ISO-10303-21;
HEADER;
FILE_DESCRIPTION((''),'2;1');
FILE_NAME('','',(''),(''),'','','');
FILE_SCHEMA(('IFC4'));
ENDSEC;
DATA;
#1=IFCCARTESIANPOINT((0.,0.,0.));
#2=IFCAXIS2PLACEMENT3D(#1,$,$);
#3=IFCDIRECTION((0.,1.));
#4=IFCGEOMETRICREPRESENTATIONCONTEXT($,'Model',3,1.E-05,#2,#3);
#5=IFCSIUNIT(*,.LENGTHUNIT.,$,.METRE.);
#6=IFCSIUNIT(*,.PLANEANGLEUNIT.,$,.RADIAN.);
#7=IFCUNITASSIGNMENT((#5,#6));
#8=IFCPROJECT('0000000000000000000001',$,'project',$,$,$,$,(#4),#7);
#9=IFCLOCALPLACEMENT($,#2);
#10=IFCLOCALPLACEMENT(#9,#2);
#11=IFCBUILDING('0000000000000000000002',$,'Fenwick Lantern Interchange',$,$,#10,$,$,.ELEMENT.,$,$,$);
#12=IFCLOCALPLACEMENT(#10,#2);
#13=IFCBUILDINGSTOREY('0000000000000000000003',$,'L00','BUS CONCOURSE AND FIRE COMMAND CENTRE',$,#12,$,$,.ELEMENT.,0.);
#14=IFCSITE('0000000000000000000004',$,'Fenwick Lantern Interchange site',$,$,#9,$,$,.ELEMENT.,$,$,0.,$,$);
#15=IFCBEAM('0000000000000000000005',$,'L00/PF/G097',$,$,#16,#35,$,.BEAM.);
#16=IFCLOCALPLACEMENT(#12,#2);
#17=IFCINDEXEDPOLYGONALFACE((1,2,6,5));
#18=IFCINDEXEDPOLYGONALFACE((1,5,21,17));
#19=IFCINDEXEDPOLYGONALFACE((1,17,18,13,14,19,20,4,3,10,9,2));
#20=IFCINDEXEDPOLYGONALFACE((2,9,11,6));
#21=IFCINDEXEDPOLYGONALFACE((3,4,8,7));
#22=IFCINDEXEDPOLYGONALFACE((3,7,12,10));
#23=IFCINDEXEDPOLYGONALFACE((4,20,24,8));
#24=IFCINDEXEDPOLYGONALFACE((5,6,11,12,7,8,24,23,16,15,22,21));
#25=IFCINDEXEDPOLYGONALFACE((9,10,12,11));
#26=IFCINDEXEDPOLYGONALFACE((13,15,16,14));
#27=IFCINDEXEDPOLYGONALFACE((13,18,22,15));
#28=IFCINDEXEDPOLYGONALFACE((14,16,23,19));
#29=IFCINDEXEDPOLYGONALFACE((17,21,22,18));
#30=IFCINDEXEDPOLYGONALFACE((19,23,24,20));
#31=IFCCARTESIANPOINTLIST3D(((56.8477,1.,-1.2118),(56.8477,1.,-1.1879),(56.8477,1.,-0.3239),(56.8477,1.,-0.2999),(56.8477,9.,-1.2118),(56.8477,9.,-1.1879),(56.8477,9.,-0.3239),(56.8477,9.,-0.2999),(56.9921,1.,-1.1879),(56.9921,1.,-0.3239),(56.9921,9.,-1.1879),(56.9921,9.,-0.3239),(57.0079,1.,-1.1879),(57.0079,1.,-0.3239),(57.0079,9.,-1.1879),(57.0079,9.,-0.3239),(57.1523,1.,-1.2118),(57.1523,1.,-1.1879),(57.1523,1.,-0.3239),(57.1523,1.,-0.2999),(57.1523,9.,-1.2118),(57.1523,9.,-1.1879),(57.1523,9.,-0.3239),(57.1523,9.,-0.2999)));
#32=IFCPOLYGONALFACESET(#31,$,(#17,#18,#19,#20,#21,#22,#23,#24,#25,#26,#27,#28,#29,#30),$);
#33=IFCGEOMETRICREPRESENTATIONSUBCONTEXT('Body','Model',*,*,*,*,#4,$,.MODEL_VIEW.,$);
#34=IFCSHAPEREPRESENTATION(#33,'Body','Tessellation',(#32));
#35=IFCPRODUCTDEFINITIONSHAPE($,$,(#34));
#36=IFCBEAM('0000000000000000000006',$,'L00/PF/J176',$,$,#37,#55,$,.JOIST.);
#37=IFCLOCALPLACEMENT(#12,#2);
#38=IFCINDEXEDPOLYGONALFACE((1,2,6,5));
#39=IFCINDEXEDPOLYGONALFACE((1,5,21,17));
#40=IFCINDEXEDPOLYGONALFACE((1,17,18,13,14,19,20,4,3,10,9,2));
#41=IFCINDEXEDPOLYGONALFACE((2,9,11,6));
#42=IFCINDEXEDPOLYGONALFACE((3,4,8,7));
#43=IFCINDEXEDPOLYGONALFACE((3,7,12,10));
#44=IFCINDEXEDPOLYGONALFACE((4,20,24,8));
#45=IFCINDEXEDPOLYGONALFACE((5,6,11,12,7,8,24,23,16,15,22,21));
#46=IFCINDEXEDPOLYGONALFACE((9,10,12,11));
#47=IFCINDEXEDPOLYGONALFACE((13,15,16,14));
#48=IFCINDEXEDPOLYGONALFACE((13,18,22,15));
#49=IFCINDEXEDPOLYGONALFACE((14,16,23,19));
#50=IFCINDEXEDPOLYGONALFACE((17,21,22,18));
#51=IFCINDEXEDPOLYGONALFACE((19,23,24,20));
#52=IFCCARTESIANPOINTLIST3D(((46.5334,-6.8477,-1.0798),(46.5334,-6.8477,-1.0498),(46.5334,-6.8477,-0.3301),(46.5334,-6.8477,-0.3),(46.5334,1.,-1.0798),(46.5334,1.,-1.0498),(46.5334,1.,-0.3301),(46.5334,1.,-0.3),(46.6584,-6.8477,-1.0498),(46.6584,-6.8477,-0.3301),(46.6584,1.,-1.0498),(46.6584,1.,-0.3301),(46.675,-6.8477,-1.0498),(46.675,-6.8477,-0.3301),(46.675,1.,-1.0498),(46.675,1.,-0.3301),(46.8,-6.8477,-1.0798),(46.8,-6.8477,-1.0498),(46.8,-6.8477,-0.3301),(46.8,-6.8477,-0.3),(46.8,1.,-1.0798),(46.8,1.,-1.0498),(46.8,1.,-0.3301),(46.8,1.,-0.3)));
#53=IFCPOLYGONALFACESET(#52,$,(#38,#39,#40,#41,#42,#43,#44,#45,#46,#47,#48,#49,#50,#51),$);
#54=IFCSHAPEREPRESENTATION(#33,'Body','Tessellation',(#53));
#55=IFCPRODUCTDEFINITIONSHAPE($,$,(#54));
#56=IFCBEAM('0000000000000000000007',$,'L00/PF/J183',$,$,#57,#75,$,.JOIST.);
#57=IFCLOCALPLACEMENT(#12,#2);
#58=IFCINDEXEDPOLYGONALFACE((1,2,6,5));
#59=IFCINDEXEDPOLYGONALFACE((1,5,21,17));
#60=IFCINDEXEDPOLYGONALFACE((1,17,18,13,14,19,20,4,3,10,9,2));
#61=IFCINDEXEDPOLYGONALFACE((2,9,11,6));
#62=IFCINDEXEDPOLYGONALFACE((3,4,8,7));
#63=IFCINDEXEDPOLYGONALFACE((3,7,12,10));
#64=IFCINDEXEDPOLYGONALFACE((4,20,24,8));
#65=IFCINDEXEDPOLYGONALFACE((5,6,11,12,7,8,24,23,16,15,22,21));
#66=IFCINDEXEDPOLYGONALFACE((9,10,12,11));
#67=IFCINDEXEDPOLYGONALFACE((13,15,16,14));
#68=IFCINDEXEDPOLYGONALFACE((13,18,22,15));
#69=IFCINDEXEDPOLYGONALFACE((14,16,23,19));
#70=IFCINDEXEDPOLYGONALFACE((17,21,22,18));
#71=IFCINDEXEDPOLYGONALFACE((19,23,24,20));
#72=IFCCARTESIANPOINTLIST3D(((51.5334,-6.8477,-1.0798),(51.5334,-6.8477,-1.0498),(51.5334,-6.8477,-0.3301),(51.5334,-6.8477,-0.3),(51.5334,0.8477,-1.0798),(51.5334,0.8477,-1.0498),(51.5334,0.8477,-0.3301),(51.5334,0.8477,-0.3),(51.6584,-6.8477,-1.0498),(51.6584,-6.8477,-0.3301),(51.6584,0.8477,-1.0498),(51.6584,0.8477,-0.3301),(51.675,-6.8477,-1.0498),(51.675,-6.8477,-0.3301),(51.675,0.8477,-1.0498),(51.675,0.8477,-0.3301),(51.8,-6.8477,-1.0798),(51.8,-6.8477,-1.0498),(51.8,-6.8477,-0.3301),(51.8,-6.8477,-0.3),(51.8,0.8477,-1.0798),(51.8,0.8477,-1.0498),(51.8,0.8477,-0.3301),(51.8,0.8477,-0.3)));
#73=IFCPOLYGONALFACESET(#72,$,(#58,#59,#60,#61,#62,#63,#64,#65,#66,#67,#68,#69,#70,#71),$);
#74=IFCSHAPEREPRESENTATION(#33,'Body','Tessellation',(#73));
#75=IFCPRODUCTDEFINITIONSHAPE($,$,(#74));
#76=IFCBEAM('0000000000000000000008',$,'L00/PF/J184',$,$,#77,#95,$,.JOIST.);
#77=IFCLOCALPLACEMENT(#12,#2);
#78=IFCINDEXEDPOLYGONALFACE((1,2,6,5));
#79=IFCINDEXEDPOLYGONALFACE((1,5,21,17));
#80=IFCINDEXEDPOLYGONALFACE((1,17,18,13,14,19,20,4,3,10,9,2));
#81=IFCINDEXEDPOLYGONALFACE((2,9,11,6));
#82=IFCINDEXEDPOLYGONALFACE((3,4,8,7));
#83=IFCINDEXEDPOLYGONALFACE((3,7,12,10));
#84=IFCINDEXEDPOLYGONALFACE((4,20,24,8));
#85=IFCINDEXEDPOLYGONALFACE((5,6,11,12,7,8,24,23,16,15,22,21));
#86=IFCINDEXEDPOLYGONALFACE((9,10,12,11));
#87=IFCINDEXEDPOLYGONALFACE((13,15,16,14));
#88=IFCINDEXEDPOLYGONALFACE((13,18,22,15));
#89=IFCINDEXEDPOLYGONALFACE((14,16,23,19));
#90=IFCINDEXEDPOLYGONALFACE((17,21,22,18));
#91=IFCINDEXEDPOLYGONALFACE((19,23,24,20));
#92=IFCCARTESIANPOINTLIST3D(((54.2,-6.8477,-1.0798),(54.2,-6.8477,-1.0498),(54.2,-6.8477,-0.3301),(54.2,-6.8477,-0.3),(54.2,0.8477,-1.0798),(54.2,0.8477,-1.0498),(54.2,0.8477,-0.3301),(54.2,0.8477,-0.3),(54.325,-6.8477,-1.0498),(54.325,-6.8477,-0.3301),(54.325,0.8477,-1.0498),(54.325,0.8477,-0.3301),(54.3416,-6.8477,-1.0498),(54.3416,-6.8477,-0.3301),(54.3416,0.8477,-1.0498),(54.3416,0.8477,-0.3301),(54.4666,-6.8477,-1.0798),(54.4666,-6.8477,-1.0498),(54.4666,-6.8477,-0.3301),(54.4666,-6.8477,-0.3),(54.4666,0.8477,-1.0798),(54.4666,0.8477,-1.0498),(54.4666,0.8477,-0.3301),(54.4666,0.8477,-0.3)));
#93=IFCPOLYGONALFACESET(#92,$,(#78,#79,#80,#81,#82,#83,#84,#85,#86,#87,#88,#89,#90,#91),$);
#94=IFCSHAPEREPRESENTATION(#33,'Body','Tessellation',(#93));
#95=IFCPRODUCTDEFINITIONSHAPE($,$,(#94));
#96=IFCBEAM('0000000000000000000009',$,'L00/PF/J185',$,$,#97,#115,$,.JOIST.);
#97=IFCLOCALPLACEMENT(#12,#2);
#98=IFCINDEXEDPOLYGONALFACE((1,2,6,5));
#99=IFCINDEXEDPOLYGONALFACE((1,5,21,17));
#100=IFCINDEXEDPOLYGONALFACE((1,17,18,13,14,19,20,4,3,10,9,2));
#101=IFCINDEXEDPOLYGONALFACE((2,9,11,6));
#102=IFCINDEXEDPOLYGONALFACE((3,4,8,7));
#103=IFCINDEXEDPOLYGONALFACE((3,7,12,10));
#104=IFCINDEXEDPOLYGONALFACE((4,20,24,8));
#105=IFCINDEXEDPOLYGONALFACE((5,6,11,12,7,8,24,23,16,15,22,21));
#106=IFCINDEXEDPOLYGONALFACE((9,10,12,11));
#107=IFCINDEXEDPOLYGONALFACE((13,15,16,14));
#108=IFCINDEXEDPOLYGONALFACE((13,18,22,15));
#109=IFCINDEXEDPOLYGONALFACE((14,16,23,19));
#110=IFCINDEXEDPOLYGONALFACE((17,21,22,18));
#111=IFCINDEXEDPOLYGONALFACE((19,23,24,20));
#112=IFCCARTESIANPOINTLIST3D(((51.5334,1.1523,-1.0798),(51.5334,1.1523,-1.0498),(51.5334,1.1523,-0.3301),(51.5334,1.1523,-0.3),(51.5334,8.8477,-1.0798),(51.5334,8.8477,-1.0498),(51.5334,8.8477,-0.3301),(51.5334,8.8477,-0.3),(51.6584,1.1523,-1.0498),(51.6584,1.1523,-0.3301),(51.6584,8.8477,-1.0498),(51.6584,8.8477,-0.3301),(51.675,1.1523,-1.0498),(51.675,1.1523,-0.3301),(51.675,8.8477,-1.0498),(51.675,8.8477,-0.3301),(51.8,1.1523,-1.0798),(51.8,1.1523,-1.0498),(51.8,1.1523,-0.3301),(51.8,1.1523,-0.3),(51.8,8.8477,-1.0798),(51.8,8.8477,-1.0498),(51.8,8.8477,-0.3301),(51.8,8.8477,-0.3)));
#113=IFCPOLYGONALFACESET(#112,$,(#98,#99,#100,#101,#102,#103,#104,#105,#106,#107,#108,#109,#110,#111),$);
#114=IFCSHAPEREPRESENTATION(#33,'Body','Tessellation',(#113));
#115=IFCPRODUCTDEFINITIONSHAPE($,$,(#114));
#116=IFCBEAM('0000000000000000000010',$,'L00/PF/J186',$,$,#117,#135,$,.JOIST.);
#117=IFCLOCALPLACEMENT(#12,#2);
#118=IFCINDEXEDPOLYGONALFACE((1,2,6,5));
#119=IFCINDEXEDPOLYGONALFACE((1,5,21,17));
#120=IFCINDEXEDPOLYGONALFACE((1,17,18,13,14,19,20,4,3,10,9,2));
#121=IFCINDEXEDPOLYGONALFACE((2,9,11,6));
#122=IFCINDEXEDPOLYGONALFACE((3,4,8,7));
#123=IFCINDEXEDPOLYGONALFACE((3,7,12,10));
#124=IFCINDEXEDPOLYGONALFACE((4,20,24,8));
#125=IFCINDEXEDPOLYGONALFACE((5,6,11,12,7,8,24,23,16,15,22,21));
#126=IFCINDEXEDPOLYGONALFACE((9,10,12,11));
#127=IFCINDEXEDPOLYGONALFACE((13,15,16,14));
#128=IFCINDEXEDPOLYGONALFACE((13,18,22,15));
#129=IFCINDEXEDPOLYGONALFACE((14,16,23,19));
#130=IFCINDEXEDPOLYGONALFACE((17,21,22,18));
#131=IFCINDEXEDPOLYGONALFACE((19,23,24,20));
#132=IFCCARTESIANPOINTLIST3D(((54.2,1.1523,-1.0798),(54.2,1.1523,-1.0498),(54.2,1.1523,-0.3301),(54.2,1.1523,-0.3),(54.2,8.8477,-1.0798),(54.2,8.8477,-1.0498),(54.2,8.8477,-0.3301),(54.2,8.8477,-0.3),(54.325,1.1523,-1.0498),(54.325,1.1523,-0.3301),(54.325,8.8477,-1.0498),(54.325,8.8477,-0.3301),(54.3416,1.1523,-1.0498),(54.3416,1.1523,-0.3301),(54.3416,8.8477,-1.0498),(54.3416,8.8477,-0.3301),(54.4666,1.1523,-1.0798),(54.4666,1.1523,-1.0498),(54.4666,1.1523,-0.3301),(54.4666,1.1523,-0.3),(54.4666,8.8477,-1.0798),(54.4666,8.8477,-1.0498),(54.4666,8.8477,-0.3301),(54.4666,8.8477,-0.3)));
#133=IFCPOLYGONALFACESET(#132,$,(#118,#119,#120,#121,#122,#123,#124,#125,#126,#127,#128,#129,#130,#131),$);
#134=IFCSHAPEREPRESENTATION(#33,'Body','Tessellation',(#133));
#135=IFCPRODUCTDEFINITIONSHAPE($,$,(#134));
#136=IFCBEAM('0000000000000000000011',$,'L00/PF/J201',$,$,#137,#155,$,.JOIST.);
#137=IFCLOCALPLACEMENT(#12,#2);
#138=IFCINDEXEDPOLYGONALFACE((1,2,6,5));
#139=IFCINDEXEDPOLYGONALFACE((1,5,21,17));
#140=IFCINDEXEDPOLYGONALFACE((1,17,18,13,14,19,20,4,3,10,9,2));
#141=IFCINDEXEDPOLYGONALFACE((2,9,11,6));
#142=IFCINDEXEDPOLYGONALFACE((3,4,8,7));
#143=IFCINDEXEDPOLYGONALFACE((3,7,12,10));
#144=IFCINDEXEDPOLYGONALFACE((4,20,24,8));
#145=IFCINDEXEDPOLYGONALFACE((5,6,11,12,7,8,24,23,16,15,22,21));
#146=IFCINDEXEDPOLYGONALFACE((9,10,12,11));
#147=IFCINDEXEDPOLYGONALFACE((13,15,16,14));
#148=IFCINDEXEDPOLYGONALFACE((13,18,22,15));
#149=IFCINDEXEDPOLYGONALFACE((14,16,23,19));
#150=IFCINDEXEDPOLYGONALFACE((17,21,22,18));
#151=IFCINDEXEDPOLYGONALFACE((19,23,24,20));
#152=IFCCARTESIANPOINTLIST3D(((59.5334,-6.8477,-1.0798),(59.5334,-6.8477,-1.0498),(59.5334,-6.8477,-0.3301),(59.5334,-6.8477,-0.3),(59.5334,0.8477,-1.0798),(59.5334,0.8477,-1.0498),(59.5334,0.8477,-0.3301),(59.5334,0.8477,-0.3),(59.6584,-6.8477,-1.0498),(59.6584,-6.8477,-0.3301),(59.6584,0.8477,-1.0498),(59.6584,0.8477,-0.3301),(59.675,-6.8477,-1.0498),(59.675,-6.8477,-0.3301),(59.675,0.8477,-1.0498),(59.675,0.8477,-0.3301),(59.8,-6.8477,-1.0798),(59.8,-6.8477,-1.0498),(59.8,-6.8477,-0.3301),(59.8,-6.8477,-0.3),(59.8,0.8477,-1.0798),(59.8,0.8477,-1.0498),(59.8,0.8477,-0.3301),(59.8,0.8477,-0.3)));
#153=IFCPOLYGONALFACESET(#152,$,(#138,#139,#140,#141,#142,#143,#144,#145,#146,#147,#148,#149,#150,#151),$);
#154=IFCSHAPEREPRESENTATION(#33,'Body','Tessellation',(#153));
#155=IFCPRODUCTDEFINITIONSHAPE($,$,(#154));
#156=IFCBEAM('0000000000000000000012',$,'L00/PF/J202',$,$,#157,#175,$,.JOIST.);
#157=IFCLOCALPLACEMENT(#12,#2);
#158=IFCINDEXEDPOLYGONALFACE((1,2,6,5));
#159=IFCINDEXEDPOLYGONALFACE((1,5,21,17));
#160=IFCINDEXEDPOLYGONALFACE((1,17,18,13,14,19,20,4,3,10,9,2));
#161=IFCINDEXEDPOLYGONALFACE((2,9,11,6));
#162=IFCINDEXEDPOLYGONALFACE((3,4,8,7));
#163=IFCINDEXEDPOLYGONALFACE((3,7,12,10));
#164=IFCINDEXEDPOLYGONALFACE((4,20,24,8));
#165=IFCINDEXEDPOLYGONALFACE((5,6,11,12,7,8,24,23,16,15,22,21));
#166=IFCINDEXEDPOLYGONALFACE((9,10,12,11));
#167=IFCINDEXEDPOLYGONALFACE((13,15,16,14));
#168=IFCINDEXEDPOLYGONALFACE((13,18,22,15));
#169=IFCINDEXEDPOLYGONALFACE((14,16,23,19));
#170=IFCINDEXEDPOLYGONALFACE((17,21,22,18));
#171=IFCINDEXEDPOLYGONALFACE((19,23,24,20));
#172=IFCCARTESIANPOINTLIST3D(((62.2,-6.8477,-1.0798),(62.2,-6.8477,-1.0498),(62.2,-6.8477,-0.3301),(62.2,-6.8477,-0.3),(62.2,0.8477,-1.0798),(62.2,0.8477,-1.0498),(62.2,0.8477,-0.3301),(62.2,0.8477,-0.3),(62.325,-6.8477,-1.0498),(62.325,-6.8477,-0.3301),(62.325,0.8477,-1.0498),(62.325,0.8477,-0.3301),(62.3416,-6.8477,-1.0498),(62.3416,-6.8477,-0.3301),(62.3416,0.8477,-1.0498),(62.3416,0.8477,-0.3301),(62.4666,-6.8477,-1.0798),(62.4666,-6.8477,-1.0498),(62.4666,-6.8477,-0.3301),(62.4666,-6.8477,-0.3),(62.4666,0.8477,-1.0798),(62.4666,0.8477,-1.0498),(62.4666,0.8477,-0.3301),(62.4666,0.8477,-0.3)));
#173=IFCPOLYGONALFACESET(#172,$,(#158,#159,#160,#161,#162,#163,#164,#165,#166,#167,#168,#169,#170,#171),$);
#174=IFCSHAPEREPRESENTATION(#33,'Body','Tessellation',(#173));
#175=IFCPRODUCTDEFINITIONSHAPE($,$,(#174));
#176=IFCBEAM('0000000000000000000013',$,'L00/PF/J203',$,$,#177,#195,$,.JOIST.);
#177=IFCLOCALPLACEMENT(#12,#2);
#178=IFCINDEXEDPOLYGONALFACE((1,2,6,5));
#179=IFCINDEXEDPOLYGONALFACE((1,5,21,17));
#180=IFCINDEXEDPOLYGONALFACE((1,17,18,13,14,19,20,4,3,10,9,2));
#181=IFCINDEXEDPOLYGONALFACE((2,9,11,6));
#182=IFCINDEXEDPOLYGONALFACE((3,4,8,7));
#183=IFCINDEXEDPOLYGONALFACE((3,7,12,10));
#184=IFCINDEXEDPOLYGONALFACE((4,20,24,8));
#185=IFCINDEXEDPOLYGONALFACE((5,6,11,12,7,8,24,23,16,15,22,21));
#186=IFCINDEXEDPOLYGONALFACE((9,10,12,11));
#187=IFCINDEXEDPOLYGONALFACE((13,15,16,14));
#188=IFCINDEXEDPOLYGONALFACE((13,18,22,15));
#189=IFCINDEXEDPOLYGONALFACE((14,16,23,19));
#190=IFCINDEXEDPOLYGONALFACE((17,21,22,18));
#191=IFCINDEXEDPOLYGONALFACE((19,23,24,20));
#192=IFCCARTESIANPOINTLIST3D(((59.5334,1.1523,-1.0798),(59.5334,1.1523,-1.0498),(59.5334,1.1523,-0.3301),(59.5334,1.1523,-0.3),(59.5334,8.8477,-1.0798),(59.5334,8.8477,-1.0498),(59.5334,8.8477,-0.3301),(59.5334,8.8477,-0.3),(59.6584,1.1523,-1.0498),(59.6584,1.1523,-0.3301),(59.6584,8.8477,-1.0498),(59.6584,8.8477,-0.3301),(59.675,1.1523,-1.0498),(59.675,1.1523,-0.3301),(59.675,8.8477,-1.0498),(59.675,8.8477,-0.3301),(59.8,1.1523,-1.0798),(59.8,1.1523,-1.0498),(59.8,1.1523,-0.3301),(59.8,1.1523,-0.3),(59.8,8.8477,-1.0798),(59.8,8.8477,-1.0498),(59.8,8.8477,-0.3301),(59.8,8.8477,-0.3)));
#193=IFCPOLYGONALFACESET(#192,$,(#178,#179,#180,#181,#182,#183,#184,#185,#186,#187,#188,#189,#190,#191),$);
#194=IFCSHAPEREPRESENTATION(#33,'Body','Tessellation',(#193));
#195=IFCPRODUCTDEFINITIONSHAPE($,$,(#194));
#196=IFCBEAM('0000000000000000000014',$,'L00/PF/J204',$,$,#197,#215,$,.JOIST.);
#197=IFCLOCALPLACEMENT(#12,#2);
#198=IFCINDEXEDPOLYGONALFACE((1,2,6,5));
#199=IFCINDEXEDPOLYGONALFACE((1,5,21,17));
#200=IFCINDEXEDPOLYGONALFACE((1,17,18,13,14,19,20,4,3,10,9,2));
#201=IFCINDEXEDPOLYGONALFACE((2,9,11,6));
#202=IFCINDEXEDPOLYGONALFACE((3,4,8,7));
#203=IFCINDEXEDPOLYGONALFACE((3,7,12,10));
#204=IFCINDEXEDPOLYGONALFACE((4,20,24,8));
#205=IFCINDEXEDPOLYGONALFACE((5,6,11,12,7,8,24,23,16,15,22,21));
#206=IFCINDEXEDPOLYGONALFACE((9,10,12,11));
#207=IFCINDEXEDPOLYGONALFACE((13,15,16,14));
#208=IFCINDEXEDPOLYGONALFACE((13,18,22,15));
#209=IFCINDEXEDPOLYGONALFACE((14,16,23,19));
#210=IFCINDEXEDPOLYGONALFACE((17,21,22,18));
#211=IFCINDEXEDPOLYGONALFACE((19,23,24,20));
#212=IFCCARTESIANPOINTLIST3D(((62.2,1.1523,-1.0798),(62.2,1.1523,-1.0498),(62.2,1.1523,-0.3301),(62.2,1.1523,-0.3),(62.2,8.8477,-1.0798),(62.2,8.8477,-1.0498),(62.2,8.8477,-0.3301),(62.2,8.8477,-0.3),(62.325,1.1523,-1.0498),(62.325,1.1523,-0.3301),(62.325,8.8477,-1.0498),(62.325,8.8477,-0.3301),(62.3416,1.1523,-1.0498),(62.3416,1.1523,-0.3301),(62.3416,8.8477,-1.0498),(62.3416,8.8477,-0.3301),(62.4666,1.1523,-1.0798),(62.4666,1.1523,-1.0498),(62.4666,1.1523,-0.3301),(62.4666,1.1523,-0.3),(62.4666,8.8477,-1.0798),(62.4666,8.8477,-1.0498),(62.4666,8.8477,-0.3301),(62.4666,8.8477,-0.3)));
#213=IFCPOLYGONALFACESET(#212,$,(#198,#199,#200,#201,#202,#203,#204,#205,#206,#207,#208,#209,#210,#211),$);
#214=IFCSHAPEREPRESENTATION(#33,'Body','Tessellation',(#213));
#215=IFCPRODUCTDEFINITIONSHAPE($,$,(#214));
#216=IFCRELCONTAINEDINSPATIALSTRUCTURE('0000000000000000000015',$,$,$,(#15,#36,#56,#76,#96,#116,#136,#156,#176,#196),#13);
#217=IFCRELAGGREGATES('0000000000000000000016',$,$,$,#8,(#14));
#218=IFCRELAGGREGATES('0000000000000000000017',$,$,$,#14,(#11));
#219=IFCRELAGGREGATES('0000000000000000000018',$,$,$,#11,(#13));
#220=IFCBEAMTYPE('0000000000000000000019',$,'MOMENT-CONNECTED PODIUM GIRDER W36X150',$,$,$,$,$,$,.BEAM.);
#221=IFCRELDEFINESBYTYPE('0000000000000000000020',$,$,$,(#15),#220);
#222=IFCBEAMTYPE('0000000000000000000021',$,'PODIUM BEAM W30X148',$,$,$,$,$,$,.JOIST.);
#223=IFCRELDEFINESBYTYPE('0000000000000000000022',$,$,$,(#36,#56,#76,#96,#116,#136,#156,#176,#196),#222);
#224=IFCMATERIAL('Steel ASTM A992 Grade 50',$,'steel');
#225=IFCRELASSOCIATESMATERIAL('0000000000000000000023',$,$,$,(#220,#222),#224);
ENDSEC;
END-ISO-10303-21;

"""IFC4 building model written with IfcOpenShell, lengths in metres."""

from ifc_helpers import new_model, si_unit, direction, frame, origin, origin_2d, place, context, subcontext, project, spatial, i_section, extrude, material, material_profile, profile_set, type_object, element, save


model = new_model("IFC4")

# Units and contexts
model_context = context("Model", 3, precision=1e-05, world=origin(), true_north=direction((0.0, 1.0)))
body_context = subcontext(model_context, "Body", "Model", "MODEL_VIEW")
ifc_project = project(units=[si_unit("LENGTHUNIT", "METRE"), si_unit("PLANEANGLEUNIT", "RADIAN")], contexts=[model_context])

# Site, building, storey
site_placement = place(None, origin())
site = spatial("IfcSite", under=ifc_project, at=site_placement, Name="Fenwick Lantern Interchange site", CompositionType="ELEMENT", RefElevation=0.0)
building_placement = place(site_placement, origin())
building = spatial("IfcBuilding", under=site, at=building_placement, Name="Fenwick Lantern Interchange", CompositionType="ELEMENT")
storey_placement = place(building_placement, origin())
storey = spatial("IfcBuildingStorey", under=building, at=storey_placement, Name="L00", Description="BUS CONCOURSE AND FIRE COMMAND CENTRE", CompositionType="ELEMENT", Elevation=0.0)

# Shared definitions
ifc_material_1 = material(Name="Steel ASTM A992 Grade 50", Category="steel")

# Beams
ifc_material_profile_1 = material_profile(ifc_material_1, i_section(OverallWidth=0.3047, OverallDepth=0.9119, WebThickness=0.0159, FlangeThickness=0.0239, at=origin_2d()), Name="W36X150")
ifc_profile_set_1 = profile_set([ifc_material_profile_1], Name="Steel ASTM A992 Grade 50")
beam_type_1 = type_object("IfcBeamType", Name="MOMENT-CONNECTED PODIUM GIRDER W36X150", PredefinedType="BEAM", material=ifc_profile_set_1)
beam_1_placement = place(storey_placement, frame((57.0, 1.0, -0.7559), z_axis=(0.0, 1.0, 0.0), x_axis=(-1.0, 0.0, 0.0)))
element("IfcBeam", 1, at=beam_1_placement, inside=storey, type_object=beam_type_1, Name="L00/PF/G097", PredefinedType="BEAM", context=body_context, shape_type="SweptSolid", body=[
    extrude(i_section(OverallWidth=0.3047, OverallDepth=0.9119, WebThickness=0.0159, FlangeThickness=0.0239, at=origin_2d()), origin(), (0.0, 0.0, 1.0), 8.0),
])
ifc_material_profile_2 = material_profile(ifc_material_1, i_section(OverallWidth=0.2666, OverallDepth=0.7798, WebThickness=0.0166, FlangeThickness=0.03, at=origin_2d()), Name="W30X148")
ifc_profile_set_2 = profile_set([ifc_material_profile_2], Name="Steel ASTM A992 Grade 50")
beam_type_2 = type_object("IfcBeamType", Name="PODIUM BEAM W30X148", PredefinedType="JOIST", material=ifc_profile_set_2)
beam_2_placement = place(storey_placement, frame((46.6667, -6.8477, -0.6899), z_axis=(0.0, 1.0, 0.0), x_axis=(-1.0, 0.0, 0.0)))
element("IfcBeam", 2, at=beam_2_placement, inside=storey, type_object=beam_type_2, Name="L00/PF/J176", PredefinedType="JOIST", context=body_context, shape_type="SweptSolid", body=[
    extrude(i_section(OverallWidth=0.2666, OverallDepth=0.7798, WebThickness=0.0166, FlangeThickness=0.03, at=origin_2d()), origin(), (0.0, 0.0, 1.0), 7.8477),
])
for number, where, z_axis, x_axis, name in (
    (3, (51.6667, -6.8477, -0.6899), (0.0, 1.0, 0.0), (-1.0, 0.0, 0.0), "L00/PF/J183"),
    (4, (54.3333, -6.8477, -0.6899), (0.0, 1.0, 0.0), (-1.0, 0.0, 0.0), "L00/PF/J184"),
    (5, (51.6667, 1.1523, -0.6899), (0.0, 1.0, 0.0), (-1.0, 0.0, 0.0), "L00/PF/J185"),
    (6, (54.3333, 1.1523, -0.6899), (0.0, 1.0, 0.0), (-1.0, 0.0, 0.0), "L00/PF/J186"),
    (7, (59.6667, -6.8477, -0.6899), (0.0, 1.0, 0.0), (-1.0, 0.0, 0.0), "L00/PF/J201"),
    (8, (62.3333, -6.8477, -0.6899), (0.0, 1.0, 0.0), (-1.0, 0.0, 0.0), "L00/PF/J202"),
    (9, (59.6667, 1.1523, -0.6899), (0.0, 1.0, 0.0), (-1.0, 0.0, 0.0), "L00/PF/J203"),
    (10, (62.3333, 1.1523, -0.6899), (0.0, 1.0, 0.0), (-1.0, 0.0, 0.0), "L00/PF/J204"),
):
    element("IfcBeam", number, at=place(storey_placement, frame(where, z_axis=z_axis, x_axis=x_axis)), inside=storey, type_object=beam_type_2, Name=name, PredefinedType="JOIST", context=body_context, shape_type="SweptSolid", body=[
        extrude(i_section(OverallWidth=0.2666, OverallDepth=0.7798, WebThickness=0.0166, FlangeThickness=0.03, at=origin_2d()), origin(), (0.0, 0.0, 1.0), 7.6953),
    ])

save(model, "model.ifc")
